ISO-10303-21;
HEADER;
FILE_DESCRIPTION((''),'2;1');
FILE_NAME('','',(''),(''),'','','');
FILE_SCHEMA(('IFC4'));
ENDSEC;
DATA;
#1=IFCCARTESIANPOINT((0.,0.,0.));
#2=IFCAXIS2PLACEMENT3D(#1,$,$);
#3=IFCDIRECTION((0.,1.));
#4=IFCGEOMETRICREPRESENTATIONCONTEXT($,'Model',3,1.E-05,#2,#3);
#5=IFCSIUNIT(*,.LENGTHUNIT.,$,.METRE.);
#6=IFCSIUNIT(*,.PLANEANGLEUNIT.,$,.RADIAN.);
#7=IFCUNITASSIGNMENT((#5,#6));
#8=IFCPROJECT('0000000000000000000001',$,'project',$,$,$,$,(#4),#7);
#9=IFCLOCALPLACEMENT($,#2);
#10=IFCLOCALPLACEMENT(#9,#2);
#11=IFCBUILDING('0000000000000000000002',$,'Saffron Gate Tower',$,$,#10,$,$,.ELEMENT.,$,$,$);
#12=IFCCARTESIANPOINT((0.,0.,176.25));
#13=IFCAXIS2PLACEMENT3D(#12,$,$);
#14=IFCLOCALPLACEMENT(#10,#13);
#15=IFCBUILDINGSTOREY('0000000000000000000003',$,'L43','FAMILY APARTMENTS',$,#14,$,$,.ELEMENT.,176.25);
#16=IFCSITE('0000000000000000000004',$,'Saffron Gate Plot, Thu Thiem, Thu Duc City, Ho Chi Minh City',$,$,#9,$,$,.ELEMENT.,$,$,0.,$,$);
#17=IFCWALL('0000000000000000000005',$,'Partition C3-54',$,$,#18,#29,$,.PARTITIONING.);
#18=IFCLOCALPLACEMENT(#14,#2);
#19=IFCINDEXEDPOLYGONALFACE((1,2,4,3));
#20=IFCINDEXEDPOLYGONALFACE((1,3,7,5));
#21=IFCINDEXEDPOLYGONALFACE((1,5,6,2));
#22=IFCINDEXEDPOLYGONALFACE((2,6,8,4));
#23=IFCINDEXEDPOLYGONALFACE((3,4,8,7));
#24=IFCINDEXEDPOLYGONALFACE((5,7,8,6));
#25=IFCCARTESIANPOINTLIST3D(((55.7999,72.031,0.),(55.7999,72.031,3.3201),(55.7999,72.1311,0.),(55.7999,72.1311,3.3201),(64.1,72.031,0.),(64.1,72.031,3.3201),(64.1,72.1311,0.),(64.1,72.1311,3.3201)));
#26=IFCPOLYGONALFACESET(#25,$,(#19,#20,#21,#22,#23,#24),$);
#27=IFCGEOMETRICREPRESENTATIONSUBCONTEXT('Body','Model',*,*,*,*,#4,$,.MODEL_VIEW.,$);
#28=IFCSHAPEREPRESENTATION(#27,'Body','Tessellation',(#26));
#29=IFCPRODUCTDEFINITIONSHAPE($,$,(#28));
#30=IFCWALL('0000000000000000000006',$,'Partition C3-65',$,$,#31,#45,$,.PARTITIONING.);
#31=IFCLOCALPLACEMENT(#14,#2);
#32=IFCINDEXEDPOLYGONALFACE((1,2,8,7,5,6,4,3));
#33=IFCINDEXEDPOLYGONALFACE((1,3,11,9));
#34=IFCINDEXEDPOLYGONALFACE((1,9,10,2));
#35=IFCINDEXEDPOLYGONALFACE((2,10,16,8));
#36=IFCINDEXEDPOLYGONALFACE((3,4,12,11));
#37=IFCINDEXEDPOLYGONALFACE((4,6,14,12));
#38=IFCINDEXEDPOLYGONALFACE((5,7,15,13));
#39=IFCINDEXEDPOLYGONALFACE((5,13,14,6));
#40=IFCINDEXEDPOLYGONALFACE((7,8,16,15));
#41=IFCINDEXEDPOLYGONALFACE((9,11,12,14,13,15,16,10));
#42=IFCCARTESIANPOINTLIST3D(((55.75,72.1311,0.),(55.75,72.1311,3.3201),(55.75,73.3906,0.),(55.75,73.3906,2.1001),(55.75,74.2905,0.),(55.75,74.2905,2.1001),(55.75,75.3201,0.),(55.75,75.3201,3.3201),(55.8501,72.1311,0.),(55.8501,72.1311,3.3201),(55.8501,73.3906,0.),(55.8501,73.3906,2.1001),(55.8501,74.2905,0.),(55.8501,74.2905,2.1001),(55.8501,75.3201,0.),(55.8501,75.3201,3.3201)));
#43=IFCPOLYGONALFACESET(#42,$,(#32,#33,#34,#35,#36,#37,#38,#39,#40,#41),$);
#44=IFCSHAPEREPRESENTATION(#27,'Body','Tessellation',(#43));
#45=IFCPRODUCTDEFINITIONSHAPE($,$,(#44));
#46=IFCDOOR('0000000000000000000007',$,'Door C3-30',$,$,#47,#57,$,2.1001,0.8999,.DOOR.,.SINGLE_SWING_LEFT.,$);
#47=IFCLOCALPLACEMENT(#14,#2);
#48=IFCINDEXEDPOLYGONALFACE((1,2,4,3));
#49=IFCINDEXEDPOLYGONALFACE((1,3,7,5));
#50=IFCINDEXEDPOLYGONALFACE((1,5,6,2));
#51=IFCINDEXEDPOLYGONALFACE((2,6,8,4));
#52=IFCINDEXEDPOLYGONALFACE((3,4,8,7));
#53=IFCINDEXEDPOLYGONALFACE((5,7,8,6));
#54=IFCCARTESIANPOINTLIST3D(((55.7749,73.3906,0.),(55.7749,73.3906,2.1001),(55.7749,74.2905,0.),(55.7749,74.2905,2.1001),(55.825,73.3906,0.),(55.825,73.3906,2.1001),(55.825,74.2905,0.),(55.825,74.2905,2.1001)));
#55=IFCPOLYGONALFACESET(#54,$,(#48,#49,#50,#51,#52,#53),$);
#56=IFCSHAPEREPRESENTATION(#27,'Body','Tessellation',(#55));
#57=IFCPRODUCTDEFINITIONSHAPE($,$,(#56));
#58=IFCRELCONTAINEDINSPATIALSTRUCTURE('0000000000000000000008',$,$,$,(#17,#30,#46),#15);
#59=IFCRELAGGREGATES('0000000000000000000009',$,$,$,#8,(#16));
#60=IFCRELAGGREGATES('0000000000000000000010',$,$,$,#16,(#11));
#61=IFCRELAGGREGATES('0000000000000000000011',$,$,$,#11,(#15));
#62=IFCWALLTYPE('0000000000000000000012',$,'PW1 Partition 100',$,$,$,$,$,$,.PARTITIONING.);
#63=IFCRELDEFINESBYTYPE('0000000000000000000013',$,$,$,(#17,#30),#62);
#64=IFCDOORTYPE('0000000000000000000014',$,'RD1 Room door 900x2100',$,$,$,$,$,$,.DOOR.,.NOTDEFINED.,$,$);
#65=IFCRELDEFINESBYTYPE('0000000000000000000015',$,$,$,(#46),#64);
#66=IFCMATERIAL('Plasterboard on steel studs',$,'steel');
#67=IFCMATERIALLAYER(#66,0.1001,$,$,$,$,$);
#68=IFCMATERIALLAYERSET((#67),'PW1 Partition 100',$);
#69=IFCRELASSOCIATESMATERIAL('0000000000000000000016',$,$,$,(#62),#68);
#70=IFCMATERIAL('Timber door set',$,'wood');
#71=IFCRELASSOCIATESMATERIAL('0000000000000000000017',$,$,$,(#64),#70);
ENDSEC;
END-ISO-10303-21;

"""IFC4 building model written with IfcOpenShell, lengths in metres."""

from ifc_helpers import new_model, si_unit, direction, frame, frame_2d, origin, place, context, subcontext, project, spatial, rectangle, extrude, material, layer, layer_set, type_object, element, fill, save


model = new_model("IFC4")

# Units and contexts
model_context = context("Model", 3, precision=1e-05, world=origin(), true_north=direction((0.0, 1.0)))
body_context = subcontext(model_context, "Body", "Model", "MODEL_VIEW")
ifc_project = project(units=[si_unit("LENGTHUNIT", "METRE"), si_unit("PLANEANGLEUNIT", "RADIAN")], contexts=[model_context])

# Site, building, storey
site_placement = place(None, origin())
site = spatial("IfcSite", under=ifc_project, at=site_placement, Name="Saffron Gate Plot, Thu Thiem, Thu Duc City, Ho Chi Minh City", CompositionType="ELEMENT", RefElevation=0.0)
building_placement = place(site_placement, origin())
building = spatial("IfcBuilding", under=site, at=building_placement, Name="Saffron Gate Tower", CompositionType="ELEMENT")
storey_placement = place(building_placement, frame((0.0, 0.0, 176.25)))
storey = spatial("IfcBuildingStorey", under=building, at=storey_placement, Name="L43", Description="FAMILY APARTMENTS", CompositionType="ELEMENT", Elevation=176.25)

# Wall
ifc_material_1 = material(Name="Plasterboard on steel studs", Category="steel")
ifc_layer_1 = layer(ifc_material_1, 0.1001)
ifc_layer_set_1 = layer_set([ifc_layer_1], Name="PW1 Partition 100")
wall_type = type_object("IfcWallType", Name="PW1 Partition 100", PredefinedType="PARTITIONING", material=ifc_layer_set_1)
wall_1_placement = place(storey_placement, frame((55.8, 72.0811, 0.0), z_axis=(0.0, 0.0, 1.0), x_axis=(1.0, 0.0, 0.0)))
element("IfcWall", 1, at=wall_1_placement, inside=storey, type_object=wall_type, Name="Partition C3-54", PredefinedType="PARTITIONING", context=body_context, shape_type="SweptSolid", body=[
    extrude(rectangle(XDim=8.3, YDim=0.1001, at=frame_2d((4.1499, 0.0))), origin(), (0.0, 0.0, 1.0), 3.3201),
])

# Wall, opening, door
wall_2_placement = place(storey_placement, frame((55.8, 75.3201, 0.0), z_axis=(0.0, 0.0, 1.0), x_axis=(0.0, -1.0, 0.0)))
wall_2 = element("IfcWall", 2, at=wall_2_placement, inside=storey, type_object=wall_type, Name="Partition C3-65", PredefinedType="PARTITIONING", context=body_context, shape_type="SweptSolid", body=[
    extrude(rectangle(XDim=3.189, YDim=0.1001, at=frame_2d((1.5945, 0.0))), origin(), (0.0, 0.0, 1.0), 3.3201),
])
opening_placement = place(wall_2_placement, frame((1.0295, 0.0, 0.0)))
opening = element("IfcOpeningElement", 3, at=opening_placement, cuts=wall_2, PredefinedType="OPENING", context=body_context, shape_type="SweptSolid", body=[
    extrude(rectangle(XDim=0.8999, YDim=2.1001, at=frame_2d((0.45, 1.05))), frame((0.0, 0.0601, 0.0), z_axis=(0.0, -1.0, 0.0), x_axis=(1.0, 0.0, 0.0)), (0.0, 0.0, 1.0), 0.1201),
])
ifc_material_2 = material(Name="Timber door set", Category="wood")
door_type = type_object("IfcDoorType", Name="RD1 Room door 900x2100", OperationType="NOTDEFINED", PredefinedType="DOOR", material=ifc_material_2)
door_placement = place(opening_placement, origin())
door = element("IfcDoor", 4, at=door_placement, inside=storey, type_object=door_type, Name="Door C3-30", OperationType="SINGLE_SWING_LEFT", OverallHeight=2.1001, OverallWidth=0.8999, PredefinedType="DOOR", context=body_context, shape_type="SweptSolid", body=[
    extrude(rectangle(XDim=0.8999, YDim=2.1001, at=frame_2d((0.45, 1.05))), frame((0.0, 0.0249, 0.0), z_axis=(0.0, -1.0, 0.0), x_axis=(1.0, 0.0, 0.0)), (0.0, 0.0, 1.0), 0.05),
])
fill(opening, door)

save(model, "model.ifc")
